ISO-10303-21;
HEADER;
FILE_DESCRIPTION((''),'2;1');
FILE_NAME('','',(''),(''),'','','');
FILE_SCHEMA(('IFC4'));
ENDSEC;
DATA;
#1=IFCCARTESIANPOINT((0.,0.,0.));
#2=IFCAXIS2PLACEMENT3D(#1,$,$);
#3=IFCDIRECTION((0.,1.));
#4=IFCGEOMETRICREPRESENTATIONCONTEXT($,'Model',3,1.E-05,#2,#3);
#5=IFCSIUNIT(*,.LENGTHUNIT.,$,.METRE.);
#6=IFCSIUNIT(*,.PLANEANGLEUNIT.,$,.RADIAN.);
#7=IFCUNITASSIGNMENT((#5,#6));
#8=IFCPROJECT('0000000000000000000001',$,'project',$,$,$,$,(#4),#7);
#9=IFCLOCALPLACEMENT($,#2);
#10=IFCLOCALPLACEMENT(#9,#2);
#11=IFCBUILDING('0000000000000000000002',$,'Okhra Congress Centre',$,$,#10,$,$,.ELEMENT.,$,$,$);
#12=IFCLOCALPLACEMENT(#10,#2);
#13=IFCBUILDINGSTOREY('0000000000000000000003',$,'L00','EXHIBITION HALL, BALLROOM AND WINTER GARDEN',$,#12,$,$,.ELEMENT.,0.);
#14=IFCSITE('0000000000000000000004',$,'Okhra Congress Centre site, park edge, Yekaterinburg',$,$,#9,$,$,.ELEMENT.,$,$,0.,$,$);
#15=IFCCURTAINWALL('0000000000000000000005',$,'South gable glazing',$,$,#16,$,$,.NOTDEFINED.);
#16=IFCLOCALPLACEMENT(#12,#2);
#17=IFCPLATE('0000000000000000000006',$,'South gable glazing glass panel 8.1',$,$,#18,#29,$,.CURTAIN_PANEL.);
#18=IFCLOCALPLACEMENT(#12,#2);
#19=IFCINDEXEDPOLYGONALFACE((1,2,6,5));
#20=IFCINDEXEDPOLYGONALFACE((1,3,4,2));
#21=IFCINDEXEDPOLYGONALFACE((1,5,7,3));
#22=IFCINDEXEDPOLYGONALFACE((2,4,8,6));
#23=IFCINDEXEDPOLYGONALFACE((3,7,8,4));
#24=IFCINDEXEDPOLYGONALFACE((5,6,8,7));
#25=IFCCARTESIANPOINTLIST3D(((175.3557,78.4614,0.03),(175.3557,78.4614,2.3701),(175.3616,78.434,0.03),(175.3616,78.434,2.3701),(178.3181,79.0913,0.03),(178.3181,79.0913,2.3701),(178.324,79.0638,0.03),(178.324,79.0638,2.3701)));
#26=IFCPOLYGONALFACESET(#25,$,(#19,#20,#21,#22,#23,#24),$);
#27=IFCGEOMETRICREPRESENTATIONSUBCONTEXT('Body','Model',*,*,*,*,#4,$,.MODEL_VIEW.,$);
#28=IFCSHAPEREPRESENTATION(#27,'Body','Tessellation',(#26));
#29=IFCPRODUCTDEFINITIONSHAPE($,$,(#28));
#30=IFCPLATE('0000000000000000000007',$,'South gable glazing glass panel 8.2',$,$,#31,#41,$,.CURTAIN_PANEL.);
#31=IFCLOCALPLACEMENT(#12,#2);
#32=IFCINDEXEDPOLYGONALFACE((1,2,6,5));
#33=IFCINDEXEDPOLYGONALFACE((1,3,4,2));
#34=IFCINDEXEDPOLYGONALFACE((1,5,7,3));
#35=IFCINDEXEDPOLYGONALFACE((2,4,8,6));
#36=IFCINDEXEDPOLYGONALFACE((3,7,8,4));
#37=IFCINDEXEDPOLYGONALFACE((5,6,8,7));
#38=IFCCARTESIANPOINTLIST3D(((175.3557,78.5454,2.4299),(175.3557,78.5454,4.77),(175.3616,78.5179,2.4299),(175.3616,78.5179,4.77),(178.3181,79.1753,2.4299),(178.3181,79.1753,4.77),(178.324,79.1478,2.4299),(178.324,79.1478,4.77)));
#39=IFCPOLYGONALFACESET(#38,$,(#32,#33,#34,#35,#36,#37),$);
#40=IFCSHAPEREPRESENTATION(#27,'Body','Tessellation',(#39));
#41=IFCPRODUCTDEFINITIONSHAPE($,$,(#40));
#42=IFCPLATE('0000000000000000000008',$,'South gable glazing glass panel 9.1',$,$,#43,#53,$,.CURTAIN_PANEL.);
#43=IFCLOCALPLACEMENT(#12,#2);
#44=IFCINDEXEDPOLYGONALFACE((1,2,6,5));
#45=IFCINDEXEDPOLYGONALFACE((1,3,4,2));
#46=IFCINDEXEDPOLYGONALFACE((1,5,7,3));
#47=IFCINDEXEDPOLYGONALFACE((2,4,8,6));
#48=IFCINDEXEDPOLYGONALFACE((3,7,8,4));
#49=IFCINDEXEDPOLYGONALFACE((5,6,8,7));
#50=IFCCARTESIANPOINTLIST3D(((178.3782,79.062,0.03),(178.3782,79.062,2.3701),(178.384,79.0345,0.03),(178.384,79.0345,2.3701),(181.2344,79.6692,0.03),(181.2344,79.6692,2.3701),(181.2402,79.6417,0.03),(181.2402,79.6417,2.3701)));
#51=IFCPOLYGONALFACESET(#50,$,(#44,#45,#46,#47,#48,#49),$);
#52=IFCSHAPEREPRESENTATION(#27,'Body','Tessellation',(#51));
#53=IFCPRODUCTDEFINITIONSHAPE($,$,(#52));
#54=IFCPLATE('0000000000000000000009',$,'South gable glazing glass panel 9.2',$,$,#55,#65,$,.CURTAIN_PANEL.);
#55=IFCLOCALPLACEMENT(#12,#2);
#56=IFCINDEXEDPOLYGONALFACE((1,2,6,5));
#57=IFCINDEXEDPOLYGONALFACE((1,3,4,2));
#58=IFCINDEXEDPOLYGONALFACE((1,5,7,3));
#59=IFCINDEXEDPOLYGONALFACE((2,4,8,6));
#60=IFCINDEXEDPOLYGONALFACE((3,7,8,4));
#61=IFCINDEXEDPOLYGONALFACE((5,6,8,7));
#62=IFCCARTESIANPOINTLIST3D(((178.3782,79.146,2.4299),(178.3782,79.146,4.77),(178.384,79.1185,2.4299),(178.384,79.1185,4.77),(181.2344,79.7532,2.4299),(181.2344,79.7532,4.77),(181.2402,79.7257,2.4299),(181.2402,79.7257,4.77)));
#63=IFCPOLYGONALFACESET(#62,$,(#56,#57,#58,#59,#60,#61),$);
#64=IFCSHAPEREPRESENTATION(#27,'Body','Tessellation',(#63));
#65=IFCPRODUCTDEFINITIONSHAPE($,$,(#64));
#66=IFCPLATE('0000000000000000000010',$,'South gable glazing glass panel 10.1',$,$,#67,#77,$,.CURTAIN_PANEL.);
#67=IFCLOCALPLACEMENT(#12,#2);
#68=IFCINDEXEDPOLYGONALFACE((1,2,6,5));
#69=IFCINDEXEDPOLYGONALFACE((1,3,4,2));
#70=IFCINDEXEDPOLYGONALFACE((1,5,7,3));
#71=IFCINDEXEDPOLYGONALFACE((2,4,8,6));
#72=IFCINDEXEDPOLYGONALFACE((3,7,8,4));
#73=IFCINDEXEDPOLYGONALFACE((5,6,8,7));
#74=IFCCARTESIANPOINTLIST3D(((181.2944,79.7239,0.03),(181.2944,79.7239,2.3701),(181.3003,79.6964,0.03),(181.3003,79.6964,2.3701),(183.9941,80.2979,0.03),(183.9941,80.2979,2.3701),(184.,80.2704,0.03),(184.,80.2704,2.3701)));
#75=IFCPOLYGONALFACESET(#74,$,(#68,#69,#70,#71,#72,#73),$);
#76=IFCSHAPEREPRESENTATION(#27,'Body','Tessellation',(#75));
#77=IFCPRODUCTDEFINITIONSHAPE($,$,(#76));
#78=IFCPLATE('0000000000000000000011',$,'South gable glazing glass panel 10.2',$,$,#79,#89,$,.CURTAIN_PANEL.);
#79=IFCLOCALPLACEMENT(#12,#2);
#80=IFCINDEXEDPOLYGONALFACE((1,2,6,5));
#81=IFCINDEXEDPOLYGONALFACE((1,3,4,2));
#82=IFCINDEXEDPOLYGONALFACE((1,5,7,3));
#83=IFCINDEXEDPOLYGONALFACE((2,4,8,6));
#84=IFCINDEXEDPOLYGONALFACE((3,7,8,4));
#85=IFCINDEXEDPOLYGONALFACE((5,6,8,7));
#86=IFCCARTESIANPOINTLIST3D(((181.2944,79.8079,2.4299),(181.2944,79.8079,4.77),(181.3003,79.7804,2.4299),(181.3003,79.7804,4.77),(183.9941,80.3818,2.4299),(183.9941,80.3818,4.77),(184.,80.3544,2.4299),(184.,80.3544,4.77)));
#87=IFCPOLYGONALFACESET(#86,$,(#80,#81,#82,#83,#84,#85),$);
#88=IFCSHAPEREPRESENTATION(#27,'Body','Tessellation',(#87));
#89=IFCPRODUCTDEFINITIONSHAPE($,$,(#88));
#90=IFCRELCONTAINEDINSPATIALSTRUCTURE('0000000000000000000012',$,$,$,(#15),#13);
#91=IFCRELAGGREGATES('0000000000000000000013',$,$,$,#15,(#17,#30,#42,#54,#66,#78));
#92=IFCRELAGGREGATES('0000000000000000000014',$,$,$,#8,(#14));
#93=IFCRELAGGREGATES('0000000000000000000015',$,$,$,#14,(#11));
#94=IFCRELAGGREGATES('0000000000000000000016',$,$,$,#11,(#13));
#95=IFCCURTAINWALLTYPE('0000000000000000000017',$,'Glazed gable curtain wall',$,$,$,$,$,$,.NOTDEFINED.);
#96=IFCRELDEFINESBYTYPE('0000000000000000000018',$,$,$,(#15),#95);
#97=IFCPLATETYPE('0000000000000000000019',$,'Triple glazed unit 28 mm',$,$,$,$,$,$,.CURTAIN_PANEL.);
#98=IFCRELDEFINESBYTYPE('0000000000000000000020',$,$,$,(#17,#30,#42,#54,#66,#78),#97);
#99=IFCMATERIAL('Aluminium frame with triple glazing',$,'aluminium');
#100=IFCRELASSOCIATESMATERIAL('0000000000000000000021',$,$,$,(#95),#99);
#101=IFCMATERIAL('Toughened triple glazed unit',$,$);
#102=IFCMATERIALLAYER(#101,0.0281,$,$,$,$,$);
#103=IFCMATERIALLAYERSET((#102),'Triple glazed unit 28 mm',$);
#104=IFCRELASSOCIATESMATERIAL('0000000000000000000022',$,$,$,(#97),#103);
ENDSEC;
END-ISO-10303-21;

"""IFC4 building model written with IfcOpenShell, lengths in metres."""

from ifc_helpers import new_model, si_unit, direction, frame, origin, place, context, subcontext, project, spatial, polyline, outline, extrude, material, layer, layer_set, type_object, element, aggregate, save


model = new_model("IFC4")

# Units and contexts
model_context = context("Model", 3, precision=1e-05, world=origin(), true_north=direction((0.0, 1.0)))
body_context = subcontext(model_context, "Body", "Model", "MODEL_VIEW")
ifc_project = project(units=[si_unit("LENGTHUNIT", "METRE"), si_unit("PLANEANGLEUNIT", "RADIAN")], contexts=[model_context])

# Site, building, storey
site_placement = place(None, origin())
site = spatial("IfcSite", under=ifc_project, at=site_placement, Name="Okhra Congress Centre site, park edge, Yekaterinburg", CompositionType="ELEMENT", RefElevation=0.0)
building_placement = place(site_placement, origin())
building = spatial("IfcBuilding", under=site, at=building_placement, Name="Okhra Congress Centre", CompositionType="ELEMENT")
storey_placement = place(building_placement, origin())
storey = spatial("IfcBuildingStorey", under=building, at=storey_placement, Name="L00", Description="EXHIBITION HALL, BALLROOM AND WINTER GARDEN", CompositionType="ELEMENT", Elevation=0.0)

# Curtain wall, plates
ifc_material_1 = material(Name="Aluminium frame with triple glazing", Category="aluminium")
curtain_wall_type = type_object("IfcCurtainWallType", Name="Glazed gable curtain wall", PredefinedType="NOTDEFINED", material=ifc_material_1)
curtain_wall_placement = place(storey_placement, origin())
curtain_wall = element("IfcCurtainWall", 1, at=curtain_wall_placement, inside=storey, type_object=curtain_wall_type, Name="South gable glazing", PredefinedType="NOTDEFINED")
ifc_material_2 = material(Name="Toughened triple glazed unit")
ifc_layer = layer(ifc_material_2, 0.0281)
ifc_layer_set = layer_set([ifc_layer], Name="Triple glazed unit 28 mm")
plate_type = type_object("IfcPlateType", Name="Triple glazed unit 28 mm", PredefinedType="CURTAIN_PANEL", material=ifc_layer_set)
plate_1_placement = place(storey_placement, frame((178.3181, 79.0913, 0.03), z_axis=(-0.207976, 0.978134, 0.0), x_axis=(-0.978134, -0.207976, 0.0)))
plate_1 = element("IfcPlate", 2, at=plate_1_placement, type_object=plate_type, Name="South gable glazing glass panel 8.1", PredefinedType="CURTAIN_PANEL", context=body_context, shape_type="SweptSolid", body=[
    extrude(outline(polyline([(0.0, 0.0), (3.0286, 0.0), (3.0286, 2.3401), (0.0, 2.3401), (0.0, 0.0)])), origin(), (0.0, 0.0, -1.0), 0.0281),
])
plate_2_placement = place(storey_placement, frame((178.3181, 79.1753, 2.4299), z_axis=(-0.207976, 0.978134, 0.0), x_axis=(-0.978134, -0.207976, 0.0)))
plate_2 = element("IfcPlate", 3, at=plate_2_placement, type_object=plate_type, Name="South gable glazing glass panel 8.2", PredefinedType="CURTAIN_PANEL", context=body_context, shape_type="SweptSolid", body=[
    extrude(outline(polyline([(0.0, 0.0), (3.0286, 0.0), (3.0286, 2.3401), (0.0, 2.3401), (0.0, 0.0)])), origin(), (0.0, 0.0, -1.0), 0.0281),
])
plate_3_placement = place(storey_placement, frame((181.2344, 79.6692, 0.03), z_axis=(-0.207936, 0.978142, 0.0), x_axis=(-0.978142, -0.207936, 0.0)))
plate_3 = element("IfcPlate", 4, at=plate_3_placement, type_object=plate_type, Name="South gable glazing glass panel 9.1", PredefinedType="CURTAIN_PANEL", context=body_context, shape_type="SweptSolid", body=[
    extrude(outline(polyline([(0.0, 0.0), (2.92, 0.0), (2.92, 2.3401), (0.0, 2.3401), (0.0, 0.0)])), origin(), (0.0, 0.0, -1.0), 0.0281),
])
plate_4_placement = place(storey_placement, frame((181.2344, 79.7532, 2.4299), z_axis=(-0.207936, 0.978142, 0.0), x_axis=(-0.978142, -0.207936, 0.0)))
plate_4 = element("IfcPlate", 5, at=plate_4_placement, type_object=plate_type, Name="South gable glazing glass panel 9.2", PredefinedType="CURTAIN_PANEL", context=body_context, shape_type="SweptSolid", body=[
    extrude(outline(polyline([(0.0, 0.0), (2.92, 0.0), (2.92, 2.3401), (0.0, 2.3401), (0.0, 0.0)])), origin(), (0.0, 0.0, -1.0), 0.0281),
])
plate_5_placement = place(storey_placement, frame((183.9941, 80.2979, 0.03), z_axis=(-0.207958, 0.978138, 0.0), x_axis=(-0.978138, -0.207958, 0.0)))
plate_5 = element("IfcPlate", 6, at=plate_5_placement, type_object=plate_type, Name="South gable glazing glass panel 10.1", PredefinedType="CURTAIN_PANEL", context=body_context, shape_type="SweptSolid", body=[
    extrude(outline(polyline([(0.0, 0.0), (2.76, 0.0), (2.76, 2.3401), (0.0, 2.3401), (0.0, 0.0)])), origin(), (0.0, 0.0, -1.0), 0.0281),
])
plate_6_placement = place(storey_placement, frame((183.9941, 80.3818, 2.4299), z_axis=(-0.207958, 0.978138, 0.0), x_axis=(-0.978138, -0.207958, 0.0)))
plate_6 = element("IfcPlate", 7, at=plate_6_placement, type_object=plate_type, Name="South gable glazing glass panel 10.2", PredefinedType="CURTAIN_PANEL", context=body_context, shape_type="SweptSolid", body=[
    extrude(outline(polyline([(0.0, 0.0), (2.76, 0.0), (2.76, 2.3401), (0.0, 2.3401), (0.0, 0.0)])), origin(), (0.0, 0.0, -1.0), 0.0281),
])
aggregate(curtain_wall, [plate_1, plate_2, plate_3, plate_4, plate_5, plate_6])

save(model, "model.ifc")
